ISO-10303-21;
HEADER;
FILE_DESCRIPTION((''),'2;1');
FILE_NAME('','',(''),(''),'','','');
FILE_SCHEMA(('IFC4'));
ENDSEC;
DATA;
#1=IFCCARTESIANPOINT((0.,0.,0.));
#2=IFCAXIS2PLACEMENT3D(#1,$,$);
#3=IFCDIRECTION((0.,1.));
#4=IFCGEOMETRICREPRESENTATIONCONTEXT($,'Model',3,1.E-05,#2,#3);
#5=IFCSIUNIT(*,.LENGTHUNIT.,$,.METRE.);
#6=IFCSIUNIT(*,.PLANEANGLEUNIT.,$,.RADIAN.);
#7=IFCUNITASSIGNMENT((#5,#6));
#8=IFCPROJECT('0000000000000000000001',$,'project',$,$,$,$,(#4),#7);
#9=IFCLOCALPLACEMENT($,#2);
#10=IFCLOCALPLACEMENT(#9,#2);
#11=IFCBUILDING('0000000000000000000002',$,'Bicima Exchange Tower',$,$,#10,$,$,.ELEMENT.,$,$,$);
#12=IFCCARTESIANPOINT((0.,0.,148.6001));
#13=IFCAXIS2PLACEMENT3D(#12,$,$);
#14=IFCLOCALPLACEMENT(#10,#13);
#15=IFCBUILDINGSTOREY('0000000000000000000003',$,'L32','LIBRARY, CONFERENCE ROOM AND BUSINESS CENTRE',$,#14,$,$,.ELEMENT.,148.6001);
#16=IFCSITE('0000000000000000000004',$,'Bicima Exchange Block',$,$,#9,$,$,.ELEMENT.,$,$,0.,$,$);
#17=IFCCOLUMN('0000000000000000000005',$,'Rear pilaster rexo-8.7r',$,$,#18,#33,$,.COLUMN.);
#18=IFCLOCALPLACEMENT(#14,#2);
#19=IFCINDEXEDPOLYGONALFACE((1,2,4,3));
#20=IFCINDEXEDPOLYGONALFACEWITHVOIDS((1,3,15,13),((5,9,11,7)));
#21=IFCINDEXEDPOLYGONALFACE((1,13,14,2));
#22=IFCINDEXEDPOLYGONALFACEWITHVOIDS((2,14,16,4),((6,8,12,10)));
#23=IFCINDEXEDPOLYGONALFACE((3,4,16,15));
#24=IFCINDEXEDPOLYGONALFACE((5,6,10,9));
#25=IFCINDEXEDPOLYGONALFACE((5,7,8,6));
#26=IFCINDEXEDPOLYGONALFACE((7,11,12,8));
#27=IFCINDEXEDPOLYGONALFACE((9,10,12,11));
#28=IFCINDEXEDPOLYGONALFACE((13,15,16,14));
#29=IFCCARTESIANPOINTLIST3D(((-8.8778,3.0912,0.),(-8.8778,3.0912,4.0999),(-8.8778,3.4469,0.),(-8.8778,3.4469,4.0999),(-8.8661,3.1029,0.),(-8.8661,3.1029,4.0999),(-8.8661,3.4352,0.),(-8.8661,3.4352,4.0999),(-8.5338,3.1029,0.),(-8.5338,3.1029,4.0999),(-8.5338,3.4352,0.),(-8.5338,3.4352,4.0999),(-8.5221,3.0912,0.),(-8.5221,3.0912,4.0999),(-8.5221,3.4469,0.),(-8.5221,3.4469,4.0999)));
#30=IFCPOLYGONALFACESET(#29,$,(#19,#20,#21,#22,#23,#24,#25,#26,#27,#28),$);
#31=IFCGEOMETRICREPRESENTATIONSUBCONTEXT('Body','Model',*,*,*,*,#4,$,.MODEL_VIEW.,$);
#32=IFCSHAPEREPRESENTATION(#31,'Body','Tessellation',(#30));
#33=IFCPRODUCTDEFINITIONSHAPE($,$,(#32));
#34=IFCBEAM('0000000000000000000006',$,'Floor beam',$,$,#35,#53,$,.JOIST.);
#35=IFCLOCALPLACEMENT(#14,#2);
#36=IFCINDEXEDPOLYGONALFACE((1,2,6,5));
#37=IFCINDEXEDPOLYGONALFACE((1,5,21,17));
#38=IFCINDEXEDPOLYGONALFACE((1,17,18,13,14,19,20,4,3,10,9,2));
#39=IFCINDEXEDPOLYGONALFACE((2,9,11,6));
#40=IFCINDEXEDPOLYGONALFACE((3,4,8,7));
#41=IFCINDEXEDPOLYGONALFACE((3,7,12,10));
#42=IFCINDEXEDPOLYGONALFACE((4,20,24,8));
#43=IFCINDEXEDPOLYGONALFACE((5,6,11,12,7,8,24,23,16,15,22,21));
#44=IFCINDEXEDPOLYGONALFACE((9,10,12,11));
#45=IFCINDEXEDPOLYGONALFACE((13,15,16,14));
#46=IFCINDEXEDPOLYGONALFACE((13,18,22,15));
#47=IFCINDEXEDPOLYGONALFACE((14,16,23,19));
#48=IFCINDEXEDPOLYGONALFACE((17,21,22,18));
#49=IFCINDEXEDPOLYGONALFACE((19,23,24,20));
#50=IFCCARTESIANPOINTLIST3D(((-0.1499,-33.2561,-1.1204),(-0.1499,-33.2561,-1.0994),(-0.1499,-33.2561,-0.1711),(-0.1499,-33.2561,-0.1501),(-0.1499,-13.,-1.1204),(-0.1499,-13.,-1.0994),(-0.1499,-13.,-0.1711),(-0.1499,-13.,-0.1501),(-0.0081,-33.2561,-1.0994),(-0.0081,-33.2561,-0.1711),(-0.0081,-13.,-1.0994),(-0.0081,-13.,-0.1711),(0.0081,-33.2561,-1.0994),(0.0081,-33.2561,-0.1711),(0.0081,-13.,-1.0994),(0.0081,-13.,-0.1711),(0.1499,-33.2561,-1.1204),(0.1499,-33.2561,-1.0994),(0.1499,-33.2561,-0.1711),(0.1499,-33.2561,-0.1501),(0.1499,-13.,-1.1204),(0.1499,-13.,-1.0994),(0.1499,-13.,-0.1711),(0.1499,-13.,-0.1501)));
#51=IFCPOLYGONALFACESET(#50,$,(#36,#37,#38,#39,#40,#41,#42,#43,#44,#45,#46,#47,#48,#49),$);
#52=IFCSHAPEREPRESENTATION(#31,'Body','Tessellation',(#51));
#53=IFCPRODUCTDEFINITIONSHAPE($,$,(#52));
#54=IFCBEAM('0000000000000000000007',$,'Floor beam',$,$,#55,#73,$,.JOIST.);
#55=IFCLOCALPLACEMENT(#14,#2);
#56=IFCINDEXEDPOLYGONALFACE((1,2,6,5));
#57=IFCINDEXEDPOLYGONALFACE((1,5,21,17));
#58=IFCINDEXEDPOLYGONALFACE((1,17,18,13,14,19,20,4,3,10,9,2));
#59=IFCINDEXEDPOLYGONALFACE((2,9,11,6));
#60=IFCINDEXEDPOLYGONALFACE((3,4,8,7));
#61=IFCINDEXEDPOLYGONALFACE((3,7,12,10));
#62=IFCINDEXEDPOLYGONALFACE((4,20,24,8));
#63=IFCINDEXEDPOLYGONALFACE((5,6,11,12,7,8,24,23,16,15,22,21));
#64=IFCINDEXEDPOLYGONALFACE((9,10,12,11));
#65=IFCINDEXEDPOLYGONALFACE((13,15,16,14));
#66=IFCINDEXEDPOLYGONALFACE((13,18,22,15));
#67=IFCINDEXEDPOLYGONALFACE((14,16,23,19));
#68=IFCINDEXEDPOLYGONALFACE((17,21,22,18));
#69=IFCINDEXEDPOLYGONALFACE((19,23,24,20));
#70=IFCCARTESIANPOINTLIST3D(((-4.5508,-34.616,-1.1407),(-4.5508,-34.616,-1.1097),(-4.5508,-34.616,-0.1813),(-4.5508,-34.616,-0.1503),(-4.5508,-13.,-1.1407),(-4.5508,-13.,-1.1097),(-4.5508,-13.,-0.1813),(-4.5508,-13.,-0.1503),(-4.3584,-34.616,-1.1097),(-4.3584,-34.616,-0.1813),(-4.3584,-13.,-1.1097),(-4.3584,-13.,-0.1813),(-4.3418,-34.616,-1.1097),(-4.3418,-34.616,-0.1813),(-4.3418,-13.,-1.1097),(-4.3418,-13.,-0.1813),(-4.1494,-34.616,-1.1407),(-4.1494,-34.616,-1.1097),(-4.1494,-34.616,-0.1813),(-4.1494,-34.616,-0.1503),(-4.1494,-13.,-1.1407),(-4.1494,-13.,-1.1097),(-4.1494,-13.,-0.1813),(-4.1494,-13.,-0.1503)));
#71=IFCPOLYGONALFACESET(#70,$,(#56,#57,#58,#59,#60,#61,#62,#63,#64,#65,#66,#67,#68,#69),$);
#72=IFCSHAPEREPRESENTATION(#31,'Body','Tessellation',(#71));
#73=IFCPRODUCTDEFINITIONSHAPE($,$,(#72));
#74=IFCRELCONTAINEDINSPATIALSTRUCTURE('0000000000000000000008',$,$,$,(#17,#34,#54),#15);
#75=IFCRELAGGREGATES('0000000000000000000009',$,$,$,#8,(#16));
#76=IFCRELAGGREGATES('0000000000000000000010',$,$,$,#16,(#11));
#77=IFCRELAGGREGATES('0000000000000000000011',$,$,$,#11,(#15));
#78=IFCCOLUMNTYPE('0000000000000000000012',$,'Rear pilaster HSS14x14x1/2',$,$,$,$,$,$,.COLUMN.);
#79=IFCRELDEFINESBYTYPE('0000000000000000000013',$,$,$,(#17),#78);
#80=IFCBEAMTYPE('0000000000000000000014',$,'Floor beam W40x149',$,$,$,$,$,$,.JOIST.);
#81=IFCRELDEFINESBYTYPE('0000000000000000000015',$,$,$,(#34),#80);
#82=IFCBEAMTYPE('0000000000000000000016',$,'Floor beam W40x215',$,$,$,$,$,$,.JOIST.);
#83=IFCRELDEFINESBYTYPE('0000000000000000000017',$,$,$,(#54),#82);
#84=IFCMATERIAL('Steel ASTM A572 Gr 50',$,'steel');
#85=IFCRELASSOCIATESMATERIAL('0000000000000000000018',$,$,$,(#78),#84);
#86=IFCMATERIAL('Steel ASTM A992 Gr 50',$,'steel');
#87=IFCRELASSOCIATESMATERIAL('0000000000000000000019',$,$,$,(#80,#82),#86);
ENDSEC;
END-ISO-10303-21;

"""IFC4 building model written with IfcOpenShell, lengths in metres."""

from ifc_helpers import new_model, si_unit, direction, frame, origin, origin_2d, place, context, subcontext, project, spatial, hollow_rectangle, i_section, extrude, material, material_profile, profile_set, type_object, element, save


model = new_model("IFC4")

# Units and contexts
model_context = context("Model", 3, precision=1e-05, world=origin(), true_north=direction((0.0, 1.0)))
body_context = subcontext(model_context, "Body", "Model", "MODEL_VIEW")
ifc_project = project(units=[si_unit("LENGTHUNIT", "METRE"), si_unit("PLANEANGLEUNIT", "RADIAN")], contexts=[model_context])

# Site, building, storey
site_placement = place(None, origin())
site = spatial("IfcSite", under=ifc_project, at=site_placement, Name="Bicima Exchange Block", CompositionType="ELEMENT", RefElevation=0.0)
building_placement = place(site_placement, origin())
building = spatial("IfcBuilding", under=site, at=building_placement, Name="Bicima Exchange Tower", CompositionType="ELEMENT")
storey_placement = place(building_placement, frame((0.0, 0.0, 148.6001)))
storey = spatial("IfcBuildingStorey", under=building, at=storey_placement, Name="L32", Description="LIBRARY, CONFERENCE ROOM AND BUSINESS CENTRE", CompositionType="ELEMENT", Elevation=148.6001)

# Column
ifc_material_1 = material(Name="Steel ASTM A572 Gr 50", Category="steel")
ifc_material_profile_1 = material_profile(ifc_material_1, hollow_rectangle(XDim=0.3557, YDim=0.3557, WallThickness=0.0117, at=origin_2d()))
ifc_profile_set_1 = profile_set([ifc_material_profile_1], Name="Steel ASTM A572 Gr 50")
column_type = type_object("IfcColumnType", Name="Rear pilaster HSS14x14x1/2", PredefinedType="COLUMN", material=ifc_profile_set_1)
column_placement = place(storey_placement, frame((-8.7, 3.269, 0.0), z_axis=(0.0, 0.0, 1.0), x_axis=(1.0, 0.0, 0.0)))
element("IfcColumn", 1, at=column_placement, inside=storey, type_object=column_type, Name="Rear pilaster rexo-8.7r", PredefinedType="COLUMN", context=body_context, shape_type="SweptSolid", body=[
    extrude(hollow_rectangle(XDim=0.3557, YDim=0.3557, WallThickness=0.0117, at=origin_2d()), origin(), (0.0, 0.0, 1.0), 4.0999),
])

# Beams
ifc_material_2 = material(Name="Steel ASTM A992 Gr 50", Category="steel")
ifc_material_profile_2 = material_profile(ifc_material_2, i_section(OverallWidth=0.2998, OverallDepth=0.9702, WebThickness=0.0161, FlangeThickness=0.021, at=origin_2d()))
ifc_profile_set_2 = profile_set([ifc_material_profile_2], Name="Steel ASTM A992 Gr 50")
beam_type_1 = type_object("IfcBeamType", Name="Floor beam W40x149", PredefinedType="JOIST", material=ifc_profile_set_2)
beam_1_placement = place(storey_placement, frame((0.0, -13.0, -0.6353), z_axis=(0.0, -1.0, 0.0), x_axis=(1.0, 0.0, 0.0)))
element("IfcBeam", 2, at=beam_1_placement, inside=storey, type_object=beam_type_1, Name="Floor beam", PredefinedType="JOIST", context=body_context, shape_type="SweptSolid", body=[
    extrude(i_section(OverallWidth=0.2998, OverallDepth=0.9702, WebThickness=0.0161, FlangeThickness=0.021, at=origin_2d()), origin(), (0.0, 0.0, 1.0), 20.2561),
])
ifc_material_profile_3 = material_profile(ifc_material_2, i_section(OverallWidth=0.4014, OverallDepth=0.9905, WebThickness=0.0166, FlangeThickness=0.031, at=origin_2d()))
ifc_profile_set_3 = profile_set([ifc_material_profile_3], Name="Steel ASTM A992 Gr 50")
beam_type_2 = type_object("IfcBeamType", Name="Floor beam W40x215", PredefinedType="JOIST", material=ifc_profile_set_3)
beam_2_placement = place(storey_placement, frame((-4.3501, -13.0, -0.6455), z_axis=(0.0, -1.0, 0.0), x_axis=(1.0, 0.0, 0.0)))
element("IfcBeam", 3, at=beam_2_placement, inside=storey, type_object=beam_type_2, Name="Floor beam", PredefinedType="JOIST", context=body_context, shape_type="SweptSolid", body=[
    extrude(i_section(OverallWidth=0.4014, OverallDepth=0.9905, WebThickness=0.0166, FlangeThickness=0.031, at=origin_2d()), origin(), (0.0, 0.0, 1.0), 21.616),
])

save(model, "model.ifc")
